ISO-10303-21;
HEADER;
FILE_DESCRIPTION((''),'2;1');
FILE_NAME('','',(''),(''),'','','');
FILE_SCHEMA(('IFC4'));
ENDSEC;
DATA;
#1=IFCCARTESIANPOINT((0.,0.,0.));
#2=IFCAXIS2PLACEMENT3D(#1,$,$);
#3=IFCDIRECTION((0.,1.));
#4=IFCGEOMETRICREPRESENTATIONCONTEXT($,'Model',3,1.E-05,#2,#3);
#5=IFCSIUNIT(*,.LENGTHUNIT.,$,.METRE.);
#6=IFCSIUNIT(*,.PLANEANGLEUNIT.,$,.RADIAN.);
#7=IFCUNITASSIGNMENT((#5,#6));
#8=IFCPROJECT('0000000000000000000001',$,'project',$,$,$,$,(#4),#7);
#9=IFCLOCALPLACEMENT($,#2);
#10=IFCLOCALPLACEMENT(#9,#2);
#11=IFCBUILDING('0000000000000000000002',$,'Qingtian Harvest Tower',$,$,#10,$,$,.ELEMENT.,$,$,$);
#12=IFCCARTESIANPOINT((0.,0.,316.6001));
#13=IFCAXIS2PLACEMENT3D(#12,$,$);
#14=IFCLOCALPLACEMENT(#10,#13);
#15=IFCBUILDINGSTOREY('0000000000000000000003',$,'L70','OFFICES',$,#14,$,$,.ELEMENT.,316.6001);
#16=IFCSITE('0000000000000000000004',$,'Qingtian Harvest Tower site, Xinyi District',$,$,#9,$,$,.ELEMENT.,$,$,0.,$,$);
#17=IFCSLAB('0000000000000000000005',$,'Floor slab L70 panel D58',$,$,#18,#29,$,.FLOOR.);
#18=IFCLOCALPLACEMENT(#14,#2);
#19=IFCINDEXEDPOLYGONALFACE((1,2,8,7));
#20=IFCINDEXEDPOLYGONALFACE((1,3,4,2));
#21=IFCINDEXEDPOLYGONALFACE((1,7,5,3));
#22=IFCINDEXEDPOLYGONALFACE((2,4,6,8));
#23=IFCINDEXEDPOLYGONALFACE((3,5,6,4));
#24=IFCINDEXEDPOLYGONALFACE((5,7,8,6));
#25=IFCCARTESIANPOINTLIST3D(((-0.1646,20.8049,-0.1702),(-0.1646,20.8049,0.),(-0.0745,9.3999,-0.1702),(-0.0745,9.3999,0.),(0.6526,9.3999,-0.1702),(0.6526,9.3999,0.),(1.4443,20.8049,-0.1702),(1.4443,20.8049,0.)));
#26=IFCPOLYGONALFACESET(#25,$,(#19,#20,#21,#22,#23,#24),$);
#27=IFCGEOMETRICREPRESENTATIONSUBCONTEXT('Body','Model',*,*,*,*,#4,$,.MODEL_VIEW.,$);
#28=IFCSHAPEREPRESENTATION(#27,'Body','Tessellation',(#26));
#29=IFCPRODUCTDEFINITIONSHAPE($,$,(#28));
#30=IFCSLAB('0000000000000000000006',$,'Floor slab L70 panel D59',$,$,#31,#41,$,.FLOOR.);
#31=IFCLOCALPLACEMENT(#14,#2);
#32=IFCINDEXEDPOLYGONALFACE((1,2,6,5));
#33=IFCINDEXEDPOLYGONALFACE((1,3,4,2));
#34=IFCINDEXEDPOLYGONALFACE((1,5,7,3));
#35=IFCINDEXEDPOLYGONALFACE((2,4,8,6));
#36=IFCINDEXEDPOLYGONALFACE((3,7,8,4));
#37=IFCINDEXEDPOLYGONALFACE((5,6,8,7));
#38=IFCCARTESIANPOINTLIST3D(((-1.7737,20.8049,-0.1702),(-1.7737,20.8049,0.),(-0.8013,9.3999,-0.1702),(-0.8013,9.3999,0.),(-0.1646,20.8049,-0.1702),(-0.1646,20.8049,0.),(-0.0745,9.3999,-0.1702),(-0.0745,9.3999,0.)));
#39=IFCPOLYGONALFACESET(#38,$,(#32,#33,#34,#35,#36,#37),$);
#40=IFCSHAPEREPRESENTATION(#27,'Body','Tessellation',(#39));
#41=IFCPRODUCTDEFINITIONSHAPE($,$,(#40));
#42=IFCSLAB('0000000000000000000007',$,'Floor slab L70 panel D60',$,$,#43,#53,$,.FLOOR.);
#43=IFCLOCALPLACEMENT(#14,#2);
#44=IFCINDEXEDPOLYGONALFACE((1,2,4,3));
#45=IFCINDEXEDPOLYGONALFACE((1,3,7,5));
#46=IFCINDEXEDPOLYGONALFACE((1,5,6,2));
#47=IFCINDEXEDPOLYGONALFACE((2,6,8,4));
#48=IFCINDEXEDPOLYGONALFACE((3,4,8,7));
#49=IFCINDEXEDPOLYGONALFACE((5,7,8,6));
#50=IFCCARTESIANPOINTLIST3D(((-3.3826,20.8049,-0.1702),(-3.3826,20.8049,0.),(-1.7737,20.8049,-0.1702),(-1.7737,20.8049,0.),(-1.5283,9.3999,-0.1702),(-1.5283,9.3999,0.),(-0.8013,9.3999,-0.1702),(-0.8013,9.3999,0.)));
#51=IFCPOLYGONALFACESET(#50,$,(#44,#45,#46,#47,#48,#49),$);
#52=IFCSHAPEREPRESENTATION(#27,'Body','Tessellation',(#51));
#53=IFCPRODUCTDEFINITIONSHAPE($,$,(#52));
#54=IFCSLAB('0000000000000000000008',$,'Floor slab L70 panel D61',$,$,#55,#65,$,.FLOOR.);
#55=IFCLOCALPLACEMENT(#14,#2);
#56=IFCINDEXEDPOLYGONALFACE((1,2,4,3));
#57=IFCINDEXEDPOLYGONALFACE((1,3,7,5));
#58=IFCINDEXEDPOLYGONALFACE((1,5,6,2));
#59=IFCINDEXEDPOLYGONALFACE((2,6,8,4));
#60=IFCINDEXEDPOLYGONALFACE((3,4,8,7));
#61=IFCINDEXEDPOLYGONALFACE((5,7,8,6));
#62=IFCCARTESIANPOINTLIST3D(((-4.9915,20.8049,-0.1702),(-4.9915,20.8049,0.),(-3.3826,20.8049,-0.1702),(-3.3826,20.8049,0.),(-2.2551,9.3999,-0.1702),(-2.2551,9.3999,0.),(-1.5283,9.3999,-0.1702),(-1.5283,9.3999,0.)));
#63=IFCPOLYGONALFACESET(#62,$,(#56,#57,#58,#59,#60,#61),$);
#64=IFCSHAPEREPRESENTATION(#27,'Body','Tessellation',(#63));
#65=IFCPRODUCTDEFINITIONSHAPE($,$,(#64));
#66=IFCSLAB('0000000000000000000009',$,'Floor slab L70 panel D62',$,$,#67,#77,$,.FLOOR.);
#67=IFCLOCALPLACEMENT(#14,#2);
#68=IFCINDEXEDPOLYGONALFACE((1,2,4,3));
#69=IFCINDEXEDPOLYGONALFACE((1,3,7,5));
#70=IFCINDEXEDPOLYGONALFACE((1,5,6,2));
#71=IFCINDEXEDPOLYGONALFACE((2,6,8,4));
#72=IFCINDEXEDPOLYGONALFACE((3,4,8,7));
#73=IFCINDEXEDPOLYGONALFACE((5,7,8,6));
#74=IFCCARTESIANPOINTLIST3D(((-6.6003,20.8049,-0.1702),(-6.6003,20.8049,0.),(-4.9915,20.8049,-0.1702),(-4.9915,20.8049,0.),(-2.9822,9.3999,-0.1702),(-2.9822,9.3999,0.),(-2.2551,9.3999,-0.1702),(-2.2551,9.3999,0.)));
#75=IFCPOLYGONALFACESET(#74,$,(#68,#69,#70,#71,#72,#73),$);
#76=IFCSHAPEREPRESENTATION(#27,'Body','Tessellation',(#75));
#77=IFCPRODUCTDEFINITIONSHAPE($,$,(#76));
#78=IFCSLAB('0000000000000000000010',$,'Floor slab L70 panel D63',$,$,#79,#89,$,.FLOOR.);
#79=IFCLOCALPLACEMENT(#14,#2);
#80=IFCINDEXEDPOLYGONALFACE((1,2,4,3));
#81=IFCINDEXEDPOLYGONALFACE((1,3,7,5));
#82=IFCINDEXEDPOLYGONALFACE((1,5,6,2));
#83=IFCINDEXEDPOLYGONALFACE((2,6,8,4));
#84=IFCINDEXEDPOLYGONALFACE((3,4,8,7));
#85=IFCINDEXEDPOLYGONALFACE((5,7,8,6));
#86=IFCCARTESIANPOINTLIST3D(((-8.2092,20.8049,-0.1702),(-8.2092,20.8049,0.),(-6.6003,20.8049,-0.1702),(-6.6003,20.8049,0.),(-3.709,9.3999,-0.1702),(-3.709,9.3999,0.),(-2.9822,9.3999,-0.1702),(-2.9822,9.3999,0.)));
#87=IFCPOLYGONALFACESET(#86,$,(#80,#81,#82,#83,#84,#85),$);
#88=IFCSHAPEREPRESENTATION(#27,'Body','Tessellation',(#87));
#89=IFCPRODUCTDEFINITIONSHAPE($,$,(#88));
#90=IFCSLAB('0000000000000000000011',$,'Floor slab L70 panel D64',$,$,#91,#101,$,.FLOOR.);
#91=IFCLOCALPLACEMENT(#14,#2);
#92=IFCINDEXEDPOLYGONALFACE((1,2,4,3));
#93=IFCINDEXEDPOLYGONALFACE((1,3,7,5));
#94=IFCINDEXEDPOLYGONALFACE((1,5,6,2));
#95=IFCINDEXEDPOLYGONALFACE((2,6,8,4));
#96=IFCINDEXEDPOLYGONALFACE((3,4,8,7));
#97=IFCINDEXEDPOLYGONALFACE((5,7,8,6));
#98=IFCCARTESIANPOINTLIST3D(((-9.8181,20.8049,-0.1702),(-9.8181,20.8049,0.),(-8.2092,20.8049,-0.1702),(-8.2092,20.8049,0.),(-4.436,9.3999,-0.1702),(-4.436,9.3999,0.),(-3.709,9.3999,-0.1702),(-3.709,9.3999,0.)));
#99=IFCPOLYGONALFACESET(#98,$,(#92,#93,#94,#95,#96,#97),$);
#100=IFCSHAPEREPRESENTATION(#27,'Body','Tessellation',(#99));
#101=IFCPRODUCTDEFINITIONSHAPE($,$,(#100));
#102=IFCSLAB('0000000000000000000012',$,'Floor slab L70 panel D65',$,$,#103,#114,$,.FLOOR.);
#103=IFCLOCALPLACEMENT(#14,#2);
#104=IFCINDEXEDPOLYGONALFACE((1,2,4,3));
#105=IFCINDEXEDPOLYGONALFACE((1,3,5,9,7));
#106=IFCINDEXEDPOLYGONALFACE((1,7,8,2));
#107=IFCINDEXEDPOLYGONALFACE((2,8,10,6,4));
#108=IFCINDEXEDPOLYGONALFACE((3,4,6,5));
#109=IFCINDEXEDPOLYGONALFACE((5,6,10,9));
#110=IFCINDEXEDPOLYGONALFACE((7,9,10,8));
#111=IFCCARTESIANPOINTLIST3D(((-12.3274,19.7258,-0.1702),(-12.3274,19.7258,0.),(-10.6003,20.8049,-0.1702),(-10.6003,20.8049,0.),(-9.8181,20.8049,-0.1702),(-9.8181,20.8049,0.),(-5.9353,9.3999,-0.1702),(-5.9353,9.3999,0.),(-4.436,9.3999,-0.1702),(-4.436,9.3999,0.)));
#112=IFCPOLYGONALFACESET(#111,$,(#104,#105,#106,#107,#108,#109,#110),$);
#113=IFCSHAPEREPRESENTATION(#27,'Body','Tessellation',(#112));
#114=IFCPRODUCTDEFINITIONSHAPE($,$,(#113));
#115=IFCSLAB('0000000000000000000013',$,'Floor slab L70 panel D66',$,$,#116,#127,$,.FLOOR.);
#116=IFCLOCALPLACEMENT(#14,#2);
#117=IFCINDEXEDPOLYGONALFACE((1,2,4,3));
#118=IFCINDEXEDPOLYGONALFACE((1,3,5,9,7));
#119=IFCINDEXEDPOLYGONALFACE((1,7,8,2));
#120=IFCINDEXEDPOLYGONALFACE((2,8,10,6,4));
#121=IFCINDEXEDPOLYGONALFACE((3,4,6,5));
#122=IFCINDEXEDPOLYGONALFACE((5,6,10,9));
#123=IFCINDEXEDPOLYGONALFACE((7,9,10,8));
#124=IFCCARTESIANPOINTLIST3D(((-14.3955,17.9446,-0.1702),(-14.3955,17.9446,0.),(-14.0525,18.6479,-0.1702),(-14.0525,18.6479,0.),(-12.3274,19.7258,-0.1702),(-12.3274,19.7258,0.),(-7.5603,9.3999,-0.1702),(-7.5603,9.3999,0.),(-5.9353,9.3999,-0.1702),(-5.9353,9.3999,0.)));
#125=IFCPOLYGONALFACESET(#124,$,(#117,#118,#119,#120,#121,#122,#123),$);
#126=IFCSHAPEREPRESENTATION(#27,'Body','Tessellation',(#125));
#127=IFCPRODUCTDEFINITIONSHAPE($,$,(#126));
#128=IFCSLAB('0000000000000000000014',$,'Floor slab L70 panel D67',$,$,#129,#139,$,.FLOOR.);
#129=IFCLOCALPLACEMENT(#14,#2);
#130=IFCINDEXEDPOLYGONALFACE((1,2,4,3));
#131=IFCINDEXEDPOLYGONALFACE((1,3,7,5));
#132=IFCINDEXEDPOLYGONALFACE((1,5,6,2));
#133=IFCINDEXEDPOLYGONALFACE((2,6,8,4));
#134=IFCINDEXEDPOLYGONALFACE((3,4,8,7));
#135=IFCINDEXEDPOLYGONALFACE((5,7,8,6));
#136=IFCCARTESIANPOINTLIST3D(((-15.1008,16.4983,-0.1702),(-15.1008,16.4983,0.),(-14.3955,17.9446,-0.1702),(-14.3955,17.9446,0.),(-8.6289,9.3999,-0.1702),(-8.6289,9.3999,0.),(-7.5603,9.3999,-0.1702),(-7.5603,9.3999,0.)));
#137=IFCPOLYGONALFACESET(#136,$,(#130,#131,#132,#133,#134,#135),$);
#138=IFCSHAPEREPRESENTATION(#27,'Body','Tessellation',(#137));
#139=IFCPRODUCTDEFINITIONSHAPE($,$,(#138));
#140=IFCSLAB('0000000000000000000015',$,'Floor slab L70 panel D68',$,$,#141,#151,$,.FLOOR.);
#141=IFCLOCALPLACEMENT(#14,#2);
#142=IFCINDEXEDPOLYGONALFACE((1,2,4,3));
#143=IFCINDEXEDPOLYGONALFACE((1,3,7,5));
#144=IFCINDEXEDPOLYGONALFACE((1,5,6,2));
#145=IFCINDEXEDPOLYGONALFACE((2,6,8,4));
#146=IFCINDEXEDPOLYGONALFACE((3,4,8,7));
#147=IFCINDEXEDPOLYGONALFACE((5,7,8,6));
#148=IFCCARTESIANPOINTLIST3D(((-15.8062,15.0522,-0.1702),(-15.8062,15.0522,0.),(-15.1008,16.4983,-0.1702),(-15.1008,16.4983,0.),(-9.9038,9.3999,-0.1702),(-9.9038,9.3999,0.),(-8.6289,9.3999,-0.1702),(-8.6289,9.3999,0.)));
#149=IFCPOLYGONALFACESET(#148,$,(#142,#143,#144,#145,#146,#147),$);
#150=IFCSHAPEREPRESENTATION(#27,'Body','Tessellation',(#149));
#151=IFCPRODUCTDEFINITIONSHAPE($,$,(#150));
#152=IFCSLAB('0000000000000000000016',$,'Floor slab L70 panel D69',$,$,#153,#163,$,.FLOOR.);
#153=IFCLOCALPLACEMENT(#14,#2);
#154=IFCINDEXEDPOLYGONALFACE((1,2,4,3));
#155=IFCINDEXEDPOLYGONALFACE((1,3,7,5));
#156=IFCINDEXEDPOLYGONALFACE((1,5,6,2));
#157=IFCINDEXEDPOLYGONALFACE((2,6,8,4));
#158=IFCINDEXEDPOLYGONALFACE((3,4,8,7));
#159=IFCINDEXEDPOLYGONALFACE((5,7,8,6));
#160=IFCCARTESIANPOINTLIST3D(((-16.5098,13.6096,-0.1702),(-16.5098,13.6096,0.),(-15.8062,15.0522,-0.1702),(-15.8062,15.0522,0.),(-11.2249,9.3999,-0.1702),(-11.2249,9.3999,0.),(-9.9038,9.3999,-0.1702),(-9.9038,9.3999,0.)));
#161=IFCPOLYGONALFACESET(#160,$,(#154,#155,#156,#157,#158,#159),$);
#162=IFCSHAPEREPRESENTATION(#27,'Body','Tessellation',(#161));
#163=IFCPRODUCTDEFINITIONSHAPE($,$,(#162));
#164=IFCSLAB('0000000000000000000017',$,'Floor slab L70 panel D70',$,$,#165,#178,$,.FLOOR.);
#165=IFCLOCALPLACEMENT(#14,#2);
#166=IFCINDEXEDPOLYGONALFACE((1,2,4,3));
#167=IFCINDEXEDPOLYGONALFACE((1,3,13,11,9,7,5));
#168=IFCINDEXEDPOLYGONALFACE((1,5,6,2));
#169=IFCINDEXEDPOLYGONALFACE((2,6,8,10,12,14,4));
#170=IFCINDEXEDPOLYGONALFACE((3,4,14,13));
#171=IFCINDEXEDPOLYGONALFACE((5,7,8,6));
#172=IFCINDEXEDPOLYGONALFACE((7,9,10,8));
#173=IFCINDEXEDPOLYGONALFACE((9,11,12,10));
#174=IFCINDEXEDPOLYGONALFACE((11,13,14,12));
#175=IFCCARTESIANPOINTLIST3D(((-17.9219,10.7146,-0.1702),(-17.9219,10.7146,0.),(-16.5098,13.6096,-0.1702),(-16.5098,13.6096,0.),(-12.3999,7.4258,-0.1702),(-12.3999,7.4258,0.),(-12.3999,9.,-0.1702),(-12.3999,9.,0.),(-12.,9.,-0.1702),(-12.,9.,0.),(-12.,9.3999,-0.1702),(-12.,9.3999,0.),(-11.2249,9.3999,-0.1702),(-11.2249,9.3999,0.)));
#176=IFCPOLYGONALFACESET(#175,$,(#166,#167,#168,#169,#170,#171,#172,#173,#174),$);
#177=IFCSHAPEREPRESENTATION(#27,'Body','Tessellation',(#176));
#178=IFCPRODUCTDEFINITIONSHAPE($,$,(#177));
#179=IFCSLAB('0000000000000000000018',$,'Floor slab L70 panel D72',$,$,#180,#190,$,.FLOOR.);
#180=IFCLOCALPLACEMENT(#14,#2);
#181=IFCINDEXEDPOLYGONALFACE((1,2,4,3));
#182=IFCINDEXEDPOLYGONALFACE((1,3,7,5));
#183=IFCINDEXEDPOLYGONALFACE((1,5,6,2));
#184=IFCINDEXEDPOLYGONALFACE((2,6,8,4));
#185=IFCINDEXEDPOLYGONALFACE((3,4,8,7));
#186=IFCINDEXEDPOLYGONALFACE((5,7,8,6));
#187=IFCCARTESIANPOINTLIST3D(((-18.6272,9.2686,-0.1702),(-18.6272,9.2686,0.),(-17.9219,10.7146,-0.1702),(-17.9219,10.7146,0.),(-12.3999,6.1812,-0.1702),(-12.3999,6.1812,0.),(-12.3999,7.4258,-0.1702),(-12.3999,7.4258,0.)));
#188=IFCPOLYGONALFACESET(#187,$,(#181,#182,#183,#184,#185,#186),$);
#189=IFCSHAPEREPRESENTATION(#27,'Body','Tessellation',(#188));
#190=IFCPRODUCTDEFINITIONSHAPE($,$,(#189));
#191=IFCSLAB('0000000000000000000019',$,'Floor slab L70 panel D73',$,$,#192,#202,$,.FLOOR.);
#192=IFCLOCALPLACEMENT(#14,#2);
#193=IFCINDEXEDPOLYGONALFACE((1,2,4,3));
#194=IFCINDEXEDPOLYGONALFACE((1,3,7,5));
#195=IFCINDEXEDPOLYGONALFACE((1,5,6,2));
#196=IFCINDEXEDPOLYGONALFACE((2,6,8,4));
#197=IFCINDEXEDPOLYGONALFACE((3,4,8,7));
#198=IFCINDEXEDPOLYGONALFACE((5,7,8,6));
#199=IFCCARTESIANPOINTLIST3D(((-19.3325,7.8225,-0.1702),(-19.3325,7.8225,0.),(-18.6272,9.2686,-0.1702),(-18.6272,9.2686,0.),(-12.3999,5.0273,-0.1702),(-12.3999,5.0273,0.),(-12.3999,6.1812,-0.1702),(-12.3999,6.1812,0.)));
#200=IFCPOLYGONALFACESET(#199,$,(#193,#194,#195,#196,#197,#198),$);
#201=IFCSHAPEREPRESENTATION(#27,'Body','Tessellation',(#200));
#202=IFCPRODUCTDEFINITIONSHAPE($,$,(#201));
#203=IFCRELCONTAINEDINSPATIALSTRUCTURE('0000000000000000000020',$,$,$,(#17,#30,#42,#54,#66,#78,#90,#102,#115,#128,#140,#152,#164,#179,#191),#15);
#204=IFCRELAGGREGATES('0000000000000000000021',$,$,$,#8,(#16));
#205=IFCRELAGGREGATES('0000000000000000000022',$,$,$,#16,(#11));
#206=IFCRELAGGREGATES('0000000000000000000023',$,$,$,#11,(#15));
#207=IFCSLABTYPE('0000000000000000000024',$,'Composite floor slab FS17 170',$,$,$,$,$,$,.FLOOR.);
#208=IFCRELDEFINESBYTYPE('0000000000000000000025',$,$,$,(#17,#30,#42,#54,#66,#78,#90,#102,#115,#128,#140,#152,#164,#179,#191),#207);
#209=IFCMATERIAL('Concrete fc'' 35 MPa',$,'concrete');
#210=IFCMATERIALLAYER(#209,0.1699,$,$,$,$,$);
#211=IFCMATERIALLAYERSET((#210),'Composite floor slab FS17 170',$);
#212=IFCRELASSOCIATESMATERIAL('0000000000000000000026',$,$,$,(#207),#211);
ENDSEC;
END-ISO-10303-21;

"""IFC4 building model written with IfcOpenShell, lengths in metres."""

from ifc_helpers import new_model, si_unit, direction, frame, origin, place, context, subcontext, project, spatial, polyline, outline, extrude, material, layer, layer_set, type_object, element, save


model = new_model("IFC4")

# Units and contexts
model_context = context("Model", 3, precision=1e-05, world=origin(), true_north=direction((0.0, 1.0)))
body_context = subcontext(model_context, "Body", "Model", "MODEL_VIEW")
ifc_project = project(units=[si_unit("LENGTHUNIT", "METRE"), si_unit("PLANEANGLEUNIT", "RADIAN")], contexts=[model_context])

# Site, building, storey
site_placement = place(None, origin())
site = spatial("IfcSite", under=ifc_project, at=site_placement, Name="Qingtian Harvest Tower site, Xinyi District", CompositionType="ELEMENT", RefElevation=0.0)
building_placement = place(site_placement, origin())
building = spatial("IfcBuilding", under=site, at=building_placement, Name="Qingtian Harvest Tower", CompositionType="ELEMENT")
storey_placement = place(building_placement, frame((0.0, 0.0, 316.6001)))
storey = spatial("IfcBuildingStorey", under=building, at=storey_placement, Name="L70", Description="OFFICES", CompositionType="ELEMENT", Elevation=316.6001)

# Slabs
ifc_material_1 = material(Name="Concrete fc' 35 MPa", Category="concrete")
ifc_layer_1 = layer(ifc_material_1, 0.1699)
ifc_layer_set_1 = layer_set([ifc_layer_1], Name="Composite floor slab FS17 170")
slab_type = type_object("IfcSlabType", Name="Composite floor slab FS17 170", PredefinedType="FLOOR", material=ifc_layer_set_1)
slab_1_placement = place(storey_placement, frame((0.0, 0.0, -0.1702)))
element("IfcSlab", 1, at=slab_1_placement, inside=storey, type_object=slab_type, Name="Floor slab L70 panel D58", PredefinedType="FLOOR", context=body_context, shape_type="SweptSolid", body=[
    extrude(outline(polyline([(-0.0745, 9.3999), (-0.1646, 20.8049), (1.4443, 20.8049), (0.6526, 9.3999), (-0.0745, 9.3999)])), origin(), (0.0, 0.0, 1.0), 0.1702),
])
slab_2_placement = place(storey_placement, frame((0.0, 0.0, -0.1702)))
element("IfcSlab", 2, at=slab_2_placement, inside=storey, type_object=slab_type, Name="Floor slab L70 panel D59", PredefinedType="FLOOR", context=body_context, shape_type="SweptSolid", body=[
    extrude(outline(polyline([(-0.8013, 9.3999), (-1.7737, 20.8049), (-0.1646, 20.8049), (-0.0745, 9.3999), (-0.8013, 9.3999)])), origin(), (0.0, 0.0, 1.0), 0.1702),
])
slab_3_placement = place(storey_placement, frame((0.0, 0.0, -0.1702)))
element("IfcSlab", 3, at=slab_3_placement, inside=storey, type_object=slab_type, Name="Floor slab L70 panel D60", PredefinedType="FLOOR", context=body_context, shape_type="SweptSolid", body=[
    extrude(outline(polyline([(-1.5283, 9.3999), (-3.3826, 20.8049), (-1.7737, 20.8049), (-0.8013, 9.3999), (-1.5283, 9.3999)])), origin(), (0.0, 0.0, 1.0), 0.1702),
])
slab_4_placement = place(storey_placement, frame((0.0, 0.0, -0.1702)))
element("IfcSlab", 4, at=slab_4_placement, inside=storey, type_object=slab_type, Name="Floor slab L70 panel D61", PredefinedType="FLOOR", context=body_context, shape_type="SweptSolid", body=[
    extrude(outline(polyline([(-2.2551, 9.3999), (-4.9915, 20.8049), (-3.3826, 20.8049), (-1.5283, 9.3999), (-2.2551, 9.3999)])), origin(), (0.0, 0.0, 1.0), 0.1702),
])
slab_5_placement = place(storey_placement, frame((0.0, 0.0, -0.1702)))
element("IfcSlab", 5, at=slab_5_placement, inside=storey, type_object=slab_type, Name="Floor slab L70 panel D62", PredefinedType="FLOOR", context=body_context, shape_type="SweptSolid", body=[
    extrude(outline(polyline([(-2.9822, 9.3999), (-6.6003, 20.8049), (-4.9915, 20.8049), (-2.2551, 9.3999), (-2.9822, 9.3999)])), origin(), (0.0, 0.0, 1.0), 0.1702),
])
slab_6_placement = place(storey_placement, frame((0.0, 0.0, -0.1702)))
element("IfcSlab", 6, at=slab_6_placement, inside=storey, type_object=slab_type, Name="Floor slab L70 panel D63", PredefinedType="FLOOR", context=body_context, shape_type="SweptSolid", body=[
    extrude(outline(polyline([(-3.709, 9.3999), (-8.2092, 20.8049), (-6.6003, 20.8049), (-2.9822, 9.3999), (-3.709, 9.3999)])), origin(), (0.0, 0.0, 1.0), 0.1702),
])
slab_7_placement = place(storey_placement, frame((0.0, 0.0, -0.1702)))
element("IfcSlab", 7, at=slab_7_placement, inside=storey, type_object=slab_type, Name="Floor slab L70 panel D64", PredefinedType="FLOOR", context=body_context, shape_type="SweptSolid", body=[
    extrude(outline(polyline([(-4.436, 9.3999), (-9.8181, 20.8049), (-8.2092, 20.8049), (-3.709, 9.3999), (-4.436, 9.3999)])), origin(), (0.0, 0.0, 1.0), 0.1702),
])
slab_8_placement = place(storey_placement, frame((0.0, 0.0, -0.1702)))
element("IfcSlab", 8, at=slab_8_placement, inside=storey, type_object=slab_type, Name="Floor slab L70 panel D65", PredefinedType="FLOOR", context=body_context, shape_type="SweptSolid", body=[
    extrude(outline(polyline([(-4.436, 9.3999), (-5.9353, 9.3999), (-12.3274, 19.7258), (-10.6003, 20.8049), (-9.8181, 20.8049), (-4.436, 9.3999)])), origin(), (0.0, 0.0, 1.0), 0.1702),
])
slab_9_placement = place(storey_placement, frame((0.0, 0.0, -0.1702)))
element("IfcSlab", 9, at=slab_9_placement, inside=storey, type_object=slab_type, Name="Floor slab L70 panel D66", PredefinedType="FLOOR", context=body_context, shape_type="SweptSolid", body=[
    extrude(outline(polyline([(-5.9353, 9.3999), (-7.5603, 9.3999), (-14.3955, 17.9446), (-14.0525, 18.6479), (-12.3274, 19.7258), (-5.9353, 9.3999)])), origin(), (0.0, 0.0, 1.0), 0.1702),
])
slab_10_placement = place(storey_placement, frame((0.0, 0.0, -0.1702)))
element("IfcSlab", 10, at=slab_10_placement, inside=storey, type_object=slab_type, Name="Floor slab L70 panel D67", PredefinedType="FLOOR", context=body_context, shape_type="SweptSolid", body=[
    extrude(outline(polyline([(-8.6289, 9.3999), (-15.1008, 16.4983), (-14.3955, 17.9446), (-7.5603, 9.3999), (-8.6289, 9.3999)])), origin(), (0.0, 0.0, 1.0), 0.1702),
])
slab_11_placement = place(storey_placement, frame((0.0, 0.0, -0.1702)))
element("IfcSlab", 11, at=slab_11_placement, inside=storey, type_object=slab_type, Name="Floor slab L70 panel D68", PredefinedType="FLOOR", context=body_context, shape_type="SweptSolid", body=[
    extrude(outline(polyline([(-9.9038, 9.3999), (-15.8062, 15.0522), (-15.1008, 16.4983), (-8.6289, 9.3999), (-9.9038, 9.3999)])), origin(), (0.0, 0.0, 1.0), 0.1702),
])
slab_12_placement = place(storey_placement, frame((0.0, 0.0, -0.1702)))
element("IfcSlab", 12, at=slab_12_placement, inside=storey, type_object=slab_type, Name="Floor slab L70 panel D69", PredefinedType="FLOOR", context=body_context, shape_type="SweptSolid", body=[
    extrude(outline(polyline([(-11.2249, 9.3999), (-16.5098, 13.6096), (-15.8062, 15.0522), (-9.9038, 9.3999), (-11.2249, 9.3999)])), origin(), (0.0, 0.0, 1.0), 0.1702),
])
slab_13_placement = place(storey_placement, frame((0.0, 0.0, -0.1702)))
element("IfcSlab", 13, at=slab_13_placement, inside=storey, type_object=slab_type, Name="Floor slab L70 panel D70", PredefinedType="FLOOR", context=body_context, shape_type="SweptSolid", body=[
    extrude(outline(polyline([(-12.0, 9.0), (-12.3999, 9.0), (-12.3999, 7.4258), (-17.9219, 10.7146), (-16.5098, 13.6096), (-11.2249, 9.3999), (-12.0, 9.3999), (-12.0, 9.0)])), origin(), (0.0, 0.0, 1.0), 0.1702),
])
slab_14_placement = place(storey_placement, frame((0.0, 0.0, -0.1702)))
element("IfcSlab", 14, at=slab_14_placement, inside=storey, type_object=slab_type, Name="Floor slab L70 panel D72", PredefinedType="FLOOR", context=body_context, shape_type="SweptSolid", body=[
    extrude(outline(polyline([(-12.3999, 6.1812), (-18.6272, 9.2686), (-17.9219, 10.7146), (-12.3999, 7.4258), (-12.3999, 6.1812)])), origin(), (0.0, 0.0, 1.0), 0.1702),
])
slab_15_placement = place(storey_placement, frame((0.0, 0.0, -0.1702)))
element("IfcSlab", 15, at=slab_15_placement, inside=storey, type_object=slab_type, Name="Floor slab L70 panel D73", PredefinedType="FLOOR", context=body_context, shape_type="SweptSolid", body=[
    extrude(outline(polyline([(-12.3999, 5.0273), (-19.3325, 7.8225), (-18.6272, 9.2686), (-12.3999, 6.1812), (-12.3999, 5.0273)])), origin(), (0.0, 0.0, 1.0), 0.1702),
])

save(model, "model.ifc")
